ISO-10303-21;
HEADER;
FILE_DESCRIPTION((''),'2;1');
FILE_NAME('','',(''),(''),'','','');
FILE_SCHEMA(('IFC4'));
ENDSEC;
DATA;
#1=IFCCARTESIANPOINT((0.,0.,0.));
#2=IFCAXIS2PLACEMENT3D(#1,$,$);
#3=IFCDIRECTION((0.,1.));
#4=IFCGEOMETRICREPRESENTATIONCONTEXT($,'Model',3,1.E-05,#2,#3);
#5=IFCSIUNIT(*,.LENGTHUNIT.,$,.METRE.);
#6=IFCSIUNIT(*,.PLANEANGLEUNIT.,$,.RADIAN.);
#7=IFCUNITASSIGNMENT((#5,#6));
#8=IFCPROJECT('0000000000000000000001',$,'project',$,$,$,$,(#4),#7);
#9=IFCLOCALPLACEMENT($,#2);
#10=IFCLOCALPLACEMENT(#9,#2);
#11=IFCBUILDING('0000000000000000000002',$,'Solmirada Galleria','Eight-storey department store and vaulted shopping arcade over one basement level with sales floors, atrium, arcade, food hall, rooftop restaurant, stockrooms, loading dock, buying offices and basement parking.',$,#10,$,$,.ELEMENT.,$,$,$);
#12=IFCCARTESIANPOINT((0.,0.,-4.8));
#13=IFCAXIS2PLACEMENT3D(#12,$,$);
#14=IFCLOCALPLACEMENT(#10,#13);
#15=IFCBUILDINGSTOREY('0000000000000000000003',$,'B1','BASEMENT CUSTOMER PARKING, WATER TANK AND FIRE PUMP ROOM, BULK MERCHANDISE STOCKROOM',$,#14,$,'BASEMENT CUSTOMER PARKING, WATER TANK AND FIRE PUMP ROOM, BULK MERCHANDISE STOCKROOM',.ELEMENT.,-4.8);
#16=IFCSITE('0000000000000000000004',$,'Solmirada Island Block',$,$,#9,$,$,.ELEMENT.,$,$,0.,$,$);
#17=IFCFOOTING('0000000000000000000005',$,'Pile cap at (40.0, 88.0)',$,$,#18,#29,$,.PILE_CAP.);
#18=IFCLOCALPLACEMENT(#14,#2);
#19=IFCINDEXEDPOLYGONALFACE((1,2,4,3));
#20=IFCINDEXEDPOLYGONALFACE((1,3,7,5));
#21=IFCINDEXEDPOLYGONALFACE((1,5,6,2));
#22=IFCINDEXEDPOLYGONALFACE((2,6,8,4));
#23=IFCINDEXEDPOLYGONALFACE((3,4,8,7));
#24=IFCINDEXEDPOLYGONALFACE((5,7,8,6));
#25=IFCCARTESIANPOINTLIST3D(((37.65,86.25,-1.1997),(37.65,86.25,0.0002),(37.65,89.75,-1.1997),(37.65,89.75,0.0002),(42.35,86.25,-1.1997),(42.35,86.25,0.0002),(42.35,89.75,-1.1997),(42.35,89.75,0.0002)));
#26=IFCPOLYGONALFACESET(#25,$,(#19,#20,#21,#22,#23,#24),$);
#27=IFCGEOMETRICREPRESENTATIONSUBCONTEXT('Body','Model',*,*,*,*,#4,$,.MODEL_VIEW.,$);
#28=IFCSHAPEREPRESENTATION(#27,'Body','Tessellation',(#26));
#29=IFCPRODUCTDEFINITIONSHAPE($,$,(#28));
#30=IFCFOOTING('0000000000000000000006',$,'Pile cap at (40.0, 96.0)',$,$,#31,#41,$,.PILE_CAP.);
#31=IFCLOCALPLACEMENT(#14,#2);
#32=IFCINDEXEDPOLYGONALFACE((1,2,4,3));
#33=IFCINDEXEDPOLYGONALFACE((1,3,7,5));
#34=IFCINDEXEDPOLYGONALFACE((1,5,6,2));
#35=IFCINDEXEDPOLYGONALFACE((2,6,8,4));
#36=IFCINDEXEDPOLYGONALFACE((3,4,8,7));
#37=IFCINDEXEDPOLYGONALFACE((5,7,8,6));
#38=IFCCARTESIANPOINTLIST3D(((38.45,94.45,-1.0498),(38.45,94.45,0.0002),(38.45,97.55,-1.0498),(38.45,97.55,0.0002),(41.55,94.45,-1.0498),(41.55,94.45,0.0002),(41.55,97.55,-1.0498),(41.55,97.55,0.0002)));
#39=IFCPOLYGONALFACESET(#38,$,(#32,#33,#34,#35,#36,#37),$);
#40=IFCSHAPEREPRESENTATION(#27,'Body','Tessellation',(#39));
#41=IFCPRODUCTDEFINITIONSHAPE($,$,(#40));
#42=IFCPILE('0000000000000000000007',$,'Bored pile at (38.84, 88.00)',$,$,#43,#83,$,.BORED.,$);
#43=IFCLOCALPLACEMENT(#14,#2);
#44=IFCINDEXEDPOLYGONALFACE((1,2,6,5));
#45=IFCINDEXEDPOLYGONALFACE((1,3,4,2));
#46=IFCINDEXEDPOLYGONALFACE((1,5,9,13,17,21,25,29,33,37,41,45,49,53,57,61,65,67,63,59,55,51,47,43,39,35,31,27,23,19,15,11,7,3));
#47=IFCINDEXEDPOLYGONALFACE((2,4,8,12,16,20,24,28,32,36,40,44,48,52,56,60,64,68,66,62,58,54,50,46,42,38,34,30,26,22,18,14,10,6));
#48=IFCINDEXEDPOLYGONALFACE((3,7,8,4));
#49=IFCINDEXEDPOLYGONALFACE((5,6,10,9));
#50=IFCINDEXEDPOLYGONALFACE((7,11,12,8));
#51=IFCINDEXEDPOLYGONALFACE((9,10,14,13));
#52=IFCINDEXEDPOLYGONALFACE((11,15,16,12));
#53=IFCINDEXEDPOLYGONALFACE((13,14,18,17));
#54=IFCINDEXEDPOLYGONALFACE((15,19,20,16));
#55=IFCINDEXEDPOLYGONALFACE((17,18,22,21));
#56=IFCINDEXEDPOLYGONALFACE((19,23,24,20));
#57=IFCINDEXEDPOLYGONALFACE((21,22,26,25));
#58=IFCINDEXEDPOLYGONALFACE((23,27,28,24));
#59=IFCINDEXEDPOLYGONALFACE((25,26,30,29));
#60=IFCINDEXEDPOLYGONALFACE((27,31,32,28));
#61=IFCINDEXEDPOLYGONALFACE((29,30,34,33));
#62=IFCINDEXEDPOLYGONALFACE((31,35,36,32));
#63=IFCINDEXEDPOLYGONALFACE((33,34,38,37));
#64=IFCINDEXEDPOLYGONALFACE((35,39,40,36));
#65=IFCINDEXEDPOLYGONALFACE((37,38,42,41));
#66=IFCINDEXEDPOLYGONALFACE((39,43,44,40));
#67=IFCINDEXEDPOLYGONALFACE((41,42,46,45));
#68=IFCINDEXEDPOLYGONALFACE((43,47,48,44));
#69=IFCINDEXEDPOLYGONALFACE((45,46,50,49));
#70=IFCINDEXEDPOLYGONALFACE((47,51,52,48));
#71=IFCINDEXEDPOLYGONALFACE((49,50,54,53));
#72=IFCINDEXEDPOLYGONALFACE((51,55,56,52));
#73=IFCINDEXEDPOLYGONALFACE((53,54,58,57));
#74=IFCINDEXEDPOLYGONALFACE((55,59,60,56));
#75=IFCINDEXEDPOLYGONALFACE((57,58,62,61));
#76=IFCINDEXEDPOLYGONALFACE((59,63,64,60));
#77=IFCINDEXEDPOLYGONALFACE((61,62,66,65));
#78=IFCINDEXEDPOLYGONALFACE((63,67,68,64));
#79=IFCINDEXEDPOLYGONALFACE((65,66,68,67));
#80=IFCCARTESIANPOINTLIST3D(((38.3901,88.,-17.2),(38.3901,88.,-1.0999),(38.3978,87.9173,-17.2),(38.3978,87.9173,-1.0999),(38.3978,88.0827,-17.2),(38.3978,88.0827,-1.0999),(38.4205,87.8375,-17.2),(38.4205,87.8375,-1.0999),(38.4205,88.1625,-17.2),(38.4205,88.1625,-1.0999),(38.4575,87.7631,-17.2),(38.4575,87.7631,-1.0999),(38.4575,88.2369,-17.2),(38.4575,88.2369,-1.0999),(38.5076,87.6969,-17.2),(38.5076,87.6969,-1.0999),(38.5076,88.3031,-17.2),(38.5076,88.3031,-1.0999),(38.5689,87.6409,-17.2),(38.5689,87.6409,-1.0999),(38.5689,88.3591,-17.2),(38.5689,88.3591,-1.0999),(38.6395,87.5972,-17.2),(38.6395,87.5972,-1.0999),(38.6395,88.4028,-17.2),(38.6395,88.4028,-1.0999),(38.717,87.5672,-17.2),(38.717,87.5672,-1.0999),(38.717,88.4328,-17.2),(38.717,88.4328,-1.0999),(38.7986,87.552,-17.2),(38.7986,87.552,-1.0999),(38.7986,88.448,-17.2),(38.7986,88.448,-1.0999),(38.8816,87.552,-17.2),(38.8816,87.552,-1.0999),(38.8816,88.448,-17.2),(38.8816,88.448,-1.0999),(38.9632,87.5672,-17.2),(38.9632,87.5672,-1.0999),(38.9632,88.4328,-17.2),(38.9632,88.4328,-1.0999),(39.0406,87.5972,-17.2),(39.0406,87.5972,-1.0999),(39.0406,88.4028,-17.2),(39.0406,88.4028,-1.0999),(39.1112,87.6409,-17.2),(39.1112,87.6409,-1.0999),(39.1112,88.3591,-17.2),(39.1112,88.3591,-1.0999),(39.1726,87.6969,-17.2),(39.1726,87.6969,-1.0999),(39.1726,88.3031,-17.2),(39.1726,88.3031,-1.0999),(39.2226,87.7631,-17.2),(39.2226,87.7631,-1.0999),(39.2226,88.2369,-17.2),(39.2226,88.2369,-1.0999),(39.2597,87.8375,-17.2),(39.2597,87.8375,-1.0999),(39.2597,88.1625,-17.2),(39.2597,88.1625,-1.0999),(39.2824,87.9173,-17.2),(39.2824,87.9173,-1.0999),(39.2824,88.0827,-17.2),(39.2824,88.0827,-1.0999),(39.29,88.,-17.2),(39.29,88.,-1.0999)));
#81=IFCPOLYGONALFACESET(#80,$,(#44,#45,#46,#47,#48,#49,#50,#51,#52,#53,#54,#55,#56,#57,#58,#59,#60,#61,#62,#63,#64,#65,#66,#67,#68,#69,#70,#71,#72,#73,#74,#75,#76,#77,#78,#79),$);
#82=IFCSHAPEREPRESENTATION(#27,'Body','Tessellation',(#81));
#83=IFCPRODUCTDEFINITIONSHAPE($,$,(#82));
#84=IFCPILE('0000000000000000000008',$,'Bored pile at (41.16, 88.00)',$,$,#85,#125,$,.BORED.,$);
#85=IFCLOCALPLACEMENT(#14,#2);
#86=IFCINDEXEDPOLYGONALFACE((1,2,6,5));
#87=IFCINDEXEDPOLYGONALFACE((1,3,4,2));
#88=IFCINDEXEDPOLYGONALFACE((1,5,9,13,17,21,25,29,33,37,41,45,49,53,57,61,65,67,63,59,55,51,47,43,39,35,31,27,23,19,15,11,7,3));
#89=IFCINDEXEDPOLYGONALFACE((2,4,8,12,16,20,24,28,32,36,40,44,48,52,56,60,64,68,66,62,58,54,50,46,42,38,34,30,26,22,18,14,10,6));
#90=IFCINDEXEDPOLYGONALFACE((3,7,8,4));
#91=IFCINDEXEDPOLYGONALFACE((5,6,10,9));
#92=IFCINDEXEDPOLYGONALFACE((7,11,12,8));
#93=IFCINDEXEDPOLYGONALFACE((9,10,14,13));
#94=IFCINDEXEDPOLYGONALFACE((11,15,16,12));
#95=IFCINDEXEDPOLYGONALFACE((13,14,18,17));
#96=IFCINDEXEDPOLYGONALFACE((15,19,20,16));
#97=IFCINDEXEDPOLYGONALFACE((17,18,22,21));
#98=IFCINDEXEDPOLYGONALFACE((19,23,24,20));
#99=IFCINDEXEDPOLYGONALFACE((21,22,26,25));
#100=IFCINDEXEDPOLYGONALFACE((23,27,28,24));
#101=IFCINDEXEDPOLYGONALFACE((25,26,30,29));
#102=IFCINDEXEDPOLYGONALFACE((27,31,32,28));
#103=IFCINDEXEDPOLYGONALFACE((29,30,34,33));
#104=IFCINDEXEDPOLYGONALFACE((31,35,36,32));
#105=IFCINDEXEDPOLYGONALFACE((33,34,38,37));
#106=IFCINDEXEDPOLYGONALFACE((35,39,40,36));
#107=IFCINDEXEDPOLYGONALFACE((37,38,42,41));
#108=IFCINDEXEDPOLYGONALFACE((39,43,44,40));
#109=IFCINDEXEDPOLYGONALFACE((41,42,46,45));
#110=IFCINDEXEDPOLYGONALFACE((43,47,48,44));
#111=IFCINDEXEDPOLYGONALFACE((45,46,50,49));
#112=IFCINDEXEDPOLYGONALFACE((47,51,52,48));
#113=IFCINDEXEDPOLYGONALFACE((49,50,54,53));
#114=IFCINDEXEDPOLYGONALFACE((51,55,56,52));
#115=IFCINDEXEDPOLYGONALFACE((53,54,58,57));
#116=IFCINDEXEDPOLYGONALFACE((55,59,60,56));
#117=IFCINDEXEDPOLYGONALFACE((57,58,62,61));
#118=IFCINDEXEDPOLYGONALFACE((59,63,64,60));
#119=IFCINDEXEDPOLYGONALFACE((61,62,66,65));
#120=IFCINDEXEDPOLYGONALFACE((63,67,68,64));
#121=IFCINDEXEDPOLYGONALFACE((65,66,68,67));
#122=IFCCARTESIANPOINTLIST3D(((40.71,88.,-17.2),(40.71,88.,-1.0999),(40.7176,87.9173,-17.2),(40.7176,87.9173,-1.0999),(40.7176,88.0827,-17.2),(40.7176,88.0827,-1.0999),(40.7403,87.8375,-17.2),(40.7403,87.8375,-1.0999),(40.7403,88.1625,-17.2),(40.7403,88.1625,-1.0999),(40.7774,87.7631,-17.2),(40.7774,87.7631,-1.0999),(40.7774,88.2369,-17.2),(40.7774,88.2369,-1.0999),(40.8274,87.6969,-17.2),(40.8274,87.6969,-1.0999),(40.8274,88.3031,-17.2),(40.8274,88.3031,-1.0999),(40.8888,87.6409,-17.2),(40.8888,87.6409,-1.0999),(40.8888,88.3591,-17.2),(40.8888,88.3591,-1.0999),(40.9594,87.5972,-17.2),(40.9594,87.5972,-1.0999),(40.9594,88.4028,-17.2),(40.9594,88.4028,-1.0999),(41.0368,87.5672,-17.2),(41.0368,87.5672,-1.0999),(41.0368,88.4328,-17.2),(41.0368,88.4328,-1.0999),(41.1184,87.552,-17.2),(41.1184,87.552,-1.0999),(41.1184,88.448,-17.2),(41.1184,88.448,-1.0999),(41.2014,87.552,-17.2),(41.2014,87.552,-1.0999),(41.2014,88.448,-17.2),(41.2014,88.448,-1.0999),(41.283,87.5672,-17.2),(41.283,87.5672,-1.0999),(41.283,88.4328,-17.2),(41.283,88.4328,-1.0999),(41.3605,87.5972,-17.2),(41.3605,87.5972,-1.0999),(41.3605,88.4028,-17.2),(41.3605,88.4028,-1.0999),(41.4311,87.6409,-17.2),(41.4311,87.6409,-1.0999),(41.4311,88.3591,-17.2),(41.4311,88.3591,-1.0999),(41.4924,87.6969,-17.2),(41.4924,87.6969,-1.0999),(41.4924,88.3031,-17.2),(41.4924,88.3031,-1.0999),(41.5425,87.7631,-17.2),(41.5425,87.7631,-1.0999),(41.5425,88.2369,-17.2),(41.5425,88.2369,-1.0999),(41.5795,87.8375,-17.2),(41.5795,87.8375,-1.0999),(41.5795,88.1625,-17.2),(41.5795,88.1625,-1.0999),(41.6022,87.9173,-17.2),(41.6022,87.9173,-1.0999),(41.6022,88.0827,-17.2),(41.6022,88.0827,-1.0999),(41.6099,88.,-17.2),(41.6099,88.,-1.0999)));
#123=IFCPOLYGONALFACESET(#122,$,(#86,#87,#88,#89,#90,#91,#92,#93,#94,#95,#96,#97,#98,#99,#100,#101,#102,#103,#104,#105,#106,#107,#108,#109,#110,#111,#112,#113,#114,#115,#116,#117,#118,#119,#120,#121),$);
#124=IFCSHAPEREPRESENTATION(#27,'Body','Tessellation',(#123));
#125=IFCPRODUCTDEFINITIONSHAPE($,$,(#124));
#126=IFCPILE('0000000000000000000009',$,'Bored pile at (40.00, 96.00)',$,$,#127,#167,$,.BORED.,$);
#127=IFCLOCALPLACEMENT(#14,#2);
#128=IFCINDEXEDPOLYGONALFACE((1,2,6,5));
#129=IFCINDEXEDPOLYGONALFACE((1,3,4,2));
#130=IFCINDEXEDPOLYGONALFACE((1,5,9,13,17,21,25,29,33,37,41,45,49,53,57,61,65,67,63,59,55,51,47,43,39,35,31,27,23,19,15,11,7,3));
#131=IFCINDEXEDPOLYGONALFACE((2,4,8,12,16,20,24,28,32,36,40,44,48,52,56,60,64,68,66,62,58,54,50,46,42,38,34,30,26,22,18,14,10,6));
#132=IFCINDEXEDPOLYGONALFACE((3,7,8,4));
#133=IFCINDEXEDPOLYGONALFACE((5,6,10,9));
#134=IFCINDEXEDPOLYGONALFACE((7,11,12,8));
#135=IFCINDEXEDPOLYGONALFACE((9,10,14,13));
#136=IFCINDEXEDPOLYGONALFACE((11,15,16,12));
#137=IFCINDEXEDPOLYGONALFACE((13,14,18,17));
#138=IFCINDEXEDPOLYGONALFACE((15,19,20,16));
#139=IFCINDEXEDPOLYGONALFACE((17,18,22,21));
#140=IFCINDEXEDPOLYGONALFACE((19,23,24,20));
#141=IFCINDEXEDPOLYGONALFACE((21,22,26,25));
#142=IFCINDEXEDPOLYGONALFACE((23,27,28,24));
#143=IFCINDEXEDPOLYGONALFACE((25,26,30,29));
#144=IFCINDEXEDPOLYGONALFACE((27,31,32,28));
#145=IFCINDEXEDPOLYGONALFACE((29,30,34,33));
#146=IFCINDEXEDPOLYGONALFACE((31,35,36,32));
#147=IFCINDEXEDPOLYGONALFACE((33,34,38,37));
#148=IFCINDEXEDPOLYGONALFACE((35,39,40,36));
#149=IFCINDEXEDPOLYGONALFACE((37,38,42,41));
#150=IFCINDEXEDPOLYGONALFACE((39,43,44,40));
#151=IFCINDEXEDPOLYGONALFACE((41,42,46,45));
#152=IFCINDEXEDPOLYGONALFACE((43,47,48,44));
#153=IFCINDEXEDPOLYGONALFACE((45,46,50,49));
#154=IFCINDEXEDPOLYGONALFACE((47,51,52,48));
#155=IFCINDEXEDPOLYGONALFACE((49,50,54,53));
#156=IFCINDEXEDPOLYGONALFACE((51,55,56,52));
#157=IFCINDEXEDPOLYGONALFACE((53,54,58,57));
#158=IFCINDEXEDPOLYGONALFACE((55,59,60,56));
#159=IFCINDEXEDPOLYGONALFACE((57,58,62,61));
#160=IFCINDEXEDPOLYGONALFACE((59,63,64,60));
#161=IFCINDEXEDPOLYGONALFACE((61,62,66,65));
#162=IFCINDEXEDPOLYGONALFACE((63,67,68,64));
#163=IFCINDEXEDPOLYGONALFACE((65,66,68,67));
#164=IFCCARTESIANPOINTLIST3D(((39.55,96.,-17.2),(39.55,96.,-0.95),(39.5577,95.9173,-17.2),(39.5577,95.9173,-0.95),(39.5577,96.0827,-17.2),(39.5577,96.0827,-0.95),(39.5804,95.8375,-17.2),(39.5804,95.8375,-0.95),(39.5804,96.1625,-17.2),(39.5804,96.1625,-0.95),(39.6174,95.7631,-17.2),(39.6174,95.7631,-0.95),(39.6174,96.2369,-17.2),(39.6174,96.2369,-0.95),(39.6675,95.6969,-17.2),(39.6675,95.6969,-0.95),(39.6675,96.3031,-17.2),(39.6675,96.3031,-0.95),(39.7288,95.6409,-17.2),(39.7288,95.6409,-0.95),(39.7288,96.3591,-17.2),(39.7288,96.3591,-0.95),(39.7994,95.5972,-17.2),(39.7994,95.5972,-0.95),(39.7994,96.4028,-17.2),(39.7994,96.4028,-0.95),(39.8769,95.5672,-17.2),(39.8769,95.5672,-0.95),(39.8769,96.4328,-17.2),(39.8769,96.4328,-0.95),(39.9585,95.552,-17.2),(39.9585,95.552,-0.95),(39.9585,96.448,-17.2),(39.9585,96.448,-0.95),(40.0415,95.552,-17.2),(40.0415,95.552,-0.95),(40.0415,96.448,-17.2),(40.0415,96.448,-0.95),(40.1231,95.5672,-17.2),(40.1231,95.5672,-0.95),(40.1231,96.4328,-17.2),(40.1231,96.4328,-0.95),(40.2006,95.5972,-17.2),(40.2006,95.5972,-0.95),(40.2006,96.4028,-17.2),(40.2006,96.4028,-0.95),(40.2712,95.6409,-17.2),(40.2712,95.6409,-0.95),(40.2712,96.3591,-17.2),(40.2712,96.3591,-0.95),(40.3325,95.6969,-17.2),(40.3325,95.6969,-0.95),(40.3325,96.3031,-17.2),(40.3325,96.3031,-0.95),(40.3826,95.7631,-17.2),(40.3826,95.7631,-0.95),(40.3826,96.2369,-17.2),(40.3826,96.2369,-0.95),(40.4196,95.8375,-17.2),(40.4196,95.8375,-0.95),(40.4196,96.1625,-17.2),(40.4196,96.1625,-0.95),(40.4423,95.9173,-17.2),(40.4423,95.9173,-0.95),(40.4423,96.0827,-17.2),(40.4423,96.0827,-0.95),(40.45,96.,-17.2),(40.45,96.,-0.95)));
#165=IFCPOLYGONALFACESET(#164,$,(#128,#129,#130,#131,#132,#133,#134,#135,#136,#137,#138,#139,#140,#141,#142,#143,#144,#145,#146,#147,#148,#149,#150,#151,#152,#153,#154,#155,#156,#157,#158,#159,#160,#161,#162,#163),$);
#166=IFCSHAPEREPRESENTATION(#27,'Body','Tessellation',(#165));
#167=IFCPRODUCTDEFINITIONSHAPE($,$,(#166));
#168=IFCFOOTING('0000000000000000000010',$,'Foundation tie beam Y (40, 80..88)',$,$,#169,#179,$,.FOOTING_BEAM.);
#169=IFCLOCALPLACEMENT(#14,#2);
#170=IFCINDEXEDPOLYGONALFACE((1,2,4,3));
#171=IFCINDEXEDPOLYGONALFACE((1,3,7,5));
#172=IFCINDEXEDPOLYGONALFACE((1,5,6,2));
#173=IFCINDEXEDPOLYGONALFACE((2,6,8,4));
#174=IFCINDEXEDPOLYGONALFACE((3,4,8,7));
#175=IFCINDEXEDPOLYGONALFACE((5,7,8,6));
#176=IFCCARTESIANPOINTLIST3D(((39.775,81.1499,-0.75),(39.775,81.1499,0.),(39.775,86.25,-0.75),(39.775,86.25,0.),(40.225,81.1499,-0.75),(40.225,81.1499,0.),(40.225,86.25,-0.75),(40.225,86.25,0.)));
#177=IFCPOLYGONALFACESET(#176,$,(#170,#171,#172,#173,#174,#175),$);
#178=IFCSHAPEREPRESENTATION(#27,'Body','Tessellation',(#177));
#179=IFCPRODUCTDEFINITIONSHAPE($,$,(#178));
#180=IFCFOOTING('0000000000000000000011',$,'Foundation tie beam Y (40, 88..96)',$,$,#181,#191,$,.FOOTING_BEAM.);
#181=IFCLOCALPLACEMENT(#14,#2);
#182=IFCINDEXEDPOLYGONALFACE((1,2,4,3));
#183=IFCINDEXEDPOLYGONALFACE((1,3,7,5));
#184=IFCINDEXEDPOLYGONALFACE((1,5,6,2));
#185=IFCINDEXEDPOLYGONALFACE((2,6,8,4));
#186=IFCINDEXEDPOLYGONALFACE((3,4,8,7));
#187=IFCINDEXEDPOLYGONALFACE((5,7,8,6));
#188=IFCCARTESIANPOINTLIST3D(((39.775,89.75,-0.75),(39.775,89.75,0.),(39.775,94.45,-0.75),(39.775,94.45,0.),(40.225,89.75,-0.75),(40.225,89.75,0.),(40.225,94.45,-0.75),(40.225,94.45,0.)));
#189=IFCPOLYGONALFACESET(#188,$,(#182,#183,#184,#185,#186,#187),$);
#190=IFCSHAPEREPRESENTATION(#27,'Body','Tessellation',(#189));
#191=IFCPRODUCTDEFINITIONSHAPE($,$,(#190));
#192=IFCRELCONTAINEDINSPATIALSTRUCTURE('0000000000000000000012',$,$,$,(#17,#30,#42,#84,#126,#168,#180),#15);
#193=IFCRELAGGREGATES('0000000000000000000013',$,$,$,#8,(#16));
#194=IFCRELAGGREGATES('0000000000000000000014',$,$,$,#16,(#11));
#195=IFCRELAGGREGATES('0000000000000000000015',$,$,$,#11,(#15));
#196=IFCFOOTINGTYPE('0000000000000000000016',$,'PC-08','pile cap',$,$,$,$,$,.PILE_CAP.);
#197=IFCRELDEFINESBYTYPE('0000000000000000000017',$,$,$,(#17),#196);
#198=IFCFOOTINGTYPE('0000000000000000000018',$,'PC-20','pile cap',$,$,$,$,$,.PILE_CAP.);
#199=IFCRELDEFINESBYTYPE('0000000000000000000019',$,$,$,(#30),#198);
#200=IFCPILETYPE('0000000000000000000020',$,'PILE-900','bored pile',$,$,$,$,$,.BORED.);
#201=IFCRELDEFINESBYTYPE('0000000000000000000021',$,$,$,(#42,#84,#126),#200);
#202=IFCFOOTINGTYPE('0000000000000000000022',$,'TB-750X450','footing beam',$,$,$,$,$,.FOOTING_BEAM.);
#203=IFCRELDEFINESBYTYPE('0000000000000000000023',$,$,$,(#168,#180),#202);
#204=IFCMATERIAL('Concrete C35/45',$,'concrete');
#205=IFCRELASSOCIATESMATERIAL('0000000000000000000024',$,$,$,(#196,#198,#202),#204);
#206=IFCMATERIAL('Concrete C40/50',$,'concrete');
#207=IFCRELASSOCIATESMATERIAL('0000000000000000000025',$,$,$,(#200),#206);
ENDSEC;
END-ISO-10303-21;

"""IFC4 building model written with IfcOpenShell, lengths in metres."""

from ifc_helpers import new_model, si_unit, direction, frame, origin, origin_2d, place, context, subcontext, project, spatial, rectangle, circle, extrude, material, material_profile, profile_set, type_object, element, save


model = new_model("IFC4")

# Units and contexts
model_context = context("Model", 3, precision=1e-05, world=origin(), true_north=direction((0.0, 1.0)))
body_context = subcontext(model_context, "Body", "Model", "MODEL_VIEW")
ifc_project = project(units=[si_unit("LENGTHUNIT", "METRE"), si_unit("PLANEANGLEUNIT", "RADIAN")], contexts=[model_context])

# Site, building, storey
site_placement = place(None, origin())
site = spatial("IfcSite", under=ifc_project, at=site_placement, Name="Solmirada Island Block", CompositionType="ELEMENT", RefElevation=0.0)
building_placement = place(site_placement, origin())
building = spatial("IfcBuilding", under=site, at=building_placement, Name="Solmirada Galleria", Description="Eight-storey department store and vaulted shopping arcade over one basement level with sales floors, atrium, arcade, food hall, rooftop restaurant, stockrooms, loading dock, buying offices and basement parking.", CompositionType="ELEMENT")
storey_placement = place(building_placement, frame((0.0, 0.0, -4.8)))
storey = spatial("IfcBuildingStorey", under=building, at=storey_placement, Name="B1", Description="BASEMENT CUSTOMER PARKING, WATER TANK AND FIRE PUMP ROOM, BULK MERCHANDISE STOCKROOM", LongName="BASEMENT CUSTOMER PARKING, WATER TANK AND FIRE PUMP ROOM, BULK MERCHANDISE STOCKROOM", CompositionType="ELEMENT", Elevation=-4.8)

# Footings
ifc_material_1 = material(Name="Concrete C35/45", Category="concrete")
footing_type_1 = type_object("IfcFootingType", Name="PC-08", Description="pile cap", PredefinedType="PILE_CAP", material=ifc_material_1)
footing_1_placement = place(storey_placement, frame((40.0, 88.0, -1.1997), z_axis=(0.0, 0.0, 1.0), x_axis=(1.0, 0.0, 0.0)))
element("IfcFooting", 1, at=footing_1_placement, inside=storey, type_object=footing_type_1, Name="Pile cap at (40.0, 88.0)", PredefinedType="PILE_CAP", context=body_context, shape_type="SweptSolid", body=[
    extrude(rectangle(XDim=4.7, YDim=3.5, at=origin_2d()), origin(), (0.0, 0.0, 1.0), 1.2),
])
footing_type_2 = type_object("IfcFootingType", Name="PC-20", Description="pile cap", PredefinedType="PILE_CAP", material=ifc_material_1)
footing_2_placement = place(storey_placement, frame((40.0, 96.0, -1.0498), z_axis=(0.0, 0.0, 1.0), x_axis=(1.0, 0.0, 0.0)))
element("IfcFooting", 2, at=footing_2_placement, inside=storey, type_object=footing_type_2, Name="Pile cap at (40.0, 96.0)", PredefinedType="PILE_CAP", context=body_context, shape_type="SweptSolid", body=[
    extrude(rectangle(XDim=3.1001, YDim=3.1001, at=origin_2d()), origin(), (0.0, 0.0, 1.0), 1.05),
])

# Piles
ifc_material_2 = material(Name="Concrete C40/50", Category="concrete")
ifc_material_profile_1 = material_profile(ifc_material_2, circle(Radius=0.45, at=origin_2d()), Name="PILE900")
ifc_profile_set_1 = profile_set([ifc_material_profile_1], Name="Concrete C40/50")
pile_type = type_object("IfcPileType", Name="PILE-900", Description="bored pile", PredefinedType="BORED", material=ifc_profile_set_1)
for number, where, z_axis, x_axis, name in (
    (3, (38.8401, 88.0, -1.0999), (0.0, 0.0, -1.0), (1.0, 0.0, 0.0), "Bored pile at (38.84, 88.00)"),
    (4, (41.1599, 88.0, -1.0999), (0.0, 0.0, -1.0), (1.0, 0.0, 0.0), "Bored pile at (41.16, 88.00)"),
):
    element("IfcPile", number, at=place(storey_placement, frame(where, z_axis=z_axis, x_axis=x_axis)), inside=storey, type_object=pile_type, Name=name, PredefinedType="BORED", context=body_context, shape_type="SweptSolid", body=[
        extrude(circle(Radius=0.45, at=origin_2d()), origin(), (0.0, 0.0, 1.0), 16.1001),
    ])
pile_placement = place(storey_placement, frame((40.0, 96.0, -0.95), z_axis=(0.0, 0.0, -1.0), x_axis=(1.0, 0.0, 0.0)))
element("IfcPile", 5, at=pile_placement, inside=storey, type_object=pile_type, Name="Bored pile at (40.00, 96.00)", PredefinedType="BORED", context=body_context, shape_type="SweptSolid", body=[
    extrude(circle(Radius=0.45, at=origin_2d()), origin(), (0.0, 0.0, 1.0), 16.25),
])

# Footings
ifc_material_profile_2 = material_profile(ifc_material_1, rectangle(XDim=0.45, YDim=0.75, at=origin_2d()), Name="RC750X450")
ifc_profile_set_2 = profile_set([ifc_material_profile_2], Name="Concrete C35/45")
footing_type_3 = type_object("IfcFootingType", Name="TB-750X450", Description="footing beam", PredefinedType="FOOTING_BEAM", material=ifc_profile_set_2)
footing_3_placement = place(storey_placement, frame((40.0, 81.1499, -0.375), z_axis=(0.0, 1.0, 0.0), x_axis=(-1.0, 0.0, 0.0)))
element("IfcFooting", 6, at=footing_3_placement, inside=storey, type_object=footing_type_3, Name="Foundation tie beam Y (40, 80..88)", PredefinedType="FOOTING_BEAM", context=body_context, shape_type="SweptSolid", body=[
    extrude(rectangle(XDim=0.45, YDim=0.75, at=origin_2d()), origin(), (0.0, 0.0, 1.0), 5.1001),
])
footing_4_placement = place(storey_placement, frame((40.0, 89.75, -0.375), z_axis=(0.0, 1.0, 0.0), x_axis=(-1.0, 0.0, 0.0)))
element("IfcFooting", 7, at=footing_4_placement, inside=storey, type_object=footing_type_3, Name="Foundation tie beam Y (40, 88..96)", PredefinedType="FOOTING_BEAM", context=body_context, shape_type="SweptSolid", body=[
    extrude(rectangle(XDim=0.45, YDim=0.75, at=origin_2d()), origin(), (0.0, 0.0, 1.0), 4.7),
])

save(model, "model.ifc")
